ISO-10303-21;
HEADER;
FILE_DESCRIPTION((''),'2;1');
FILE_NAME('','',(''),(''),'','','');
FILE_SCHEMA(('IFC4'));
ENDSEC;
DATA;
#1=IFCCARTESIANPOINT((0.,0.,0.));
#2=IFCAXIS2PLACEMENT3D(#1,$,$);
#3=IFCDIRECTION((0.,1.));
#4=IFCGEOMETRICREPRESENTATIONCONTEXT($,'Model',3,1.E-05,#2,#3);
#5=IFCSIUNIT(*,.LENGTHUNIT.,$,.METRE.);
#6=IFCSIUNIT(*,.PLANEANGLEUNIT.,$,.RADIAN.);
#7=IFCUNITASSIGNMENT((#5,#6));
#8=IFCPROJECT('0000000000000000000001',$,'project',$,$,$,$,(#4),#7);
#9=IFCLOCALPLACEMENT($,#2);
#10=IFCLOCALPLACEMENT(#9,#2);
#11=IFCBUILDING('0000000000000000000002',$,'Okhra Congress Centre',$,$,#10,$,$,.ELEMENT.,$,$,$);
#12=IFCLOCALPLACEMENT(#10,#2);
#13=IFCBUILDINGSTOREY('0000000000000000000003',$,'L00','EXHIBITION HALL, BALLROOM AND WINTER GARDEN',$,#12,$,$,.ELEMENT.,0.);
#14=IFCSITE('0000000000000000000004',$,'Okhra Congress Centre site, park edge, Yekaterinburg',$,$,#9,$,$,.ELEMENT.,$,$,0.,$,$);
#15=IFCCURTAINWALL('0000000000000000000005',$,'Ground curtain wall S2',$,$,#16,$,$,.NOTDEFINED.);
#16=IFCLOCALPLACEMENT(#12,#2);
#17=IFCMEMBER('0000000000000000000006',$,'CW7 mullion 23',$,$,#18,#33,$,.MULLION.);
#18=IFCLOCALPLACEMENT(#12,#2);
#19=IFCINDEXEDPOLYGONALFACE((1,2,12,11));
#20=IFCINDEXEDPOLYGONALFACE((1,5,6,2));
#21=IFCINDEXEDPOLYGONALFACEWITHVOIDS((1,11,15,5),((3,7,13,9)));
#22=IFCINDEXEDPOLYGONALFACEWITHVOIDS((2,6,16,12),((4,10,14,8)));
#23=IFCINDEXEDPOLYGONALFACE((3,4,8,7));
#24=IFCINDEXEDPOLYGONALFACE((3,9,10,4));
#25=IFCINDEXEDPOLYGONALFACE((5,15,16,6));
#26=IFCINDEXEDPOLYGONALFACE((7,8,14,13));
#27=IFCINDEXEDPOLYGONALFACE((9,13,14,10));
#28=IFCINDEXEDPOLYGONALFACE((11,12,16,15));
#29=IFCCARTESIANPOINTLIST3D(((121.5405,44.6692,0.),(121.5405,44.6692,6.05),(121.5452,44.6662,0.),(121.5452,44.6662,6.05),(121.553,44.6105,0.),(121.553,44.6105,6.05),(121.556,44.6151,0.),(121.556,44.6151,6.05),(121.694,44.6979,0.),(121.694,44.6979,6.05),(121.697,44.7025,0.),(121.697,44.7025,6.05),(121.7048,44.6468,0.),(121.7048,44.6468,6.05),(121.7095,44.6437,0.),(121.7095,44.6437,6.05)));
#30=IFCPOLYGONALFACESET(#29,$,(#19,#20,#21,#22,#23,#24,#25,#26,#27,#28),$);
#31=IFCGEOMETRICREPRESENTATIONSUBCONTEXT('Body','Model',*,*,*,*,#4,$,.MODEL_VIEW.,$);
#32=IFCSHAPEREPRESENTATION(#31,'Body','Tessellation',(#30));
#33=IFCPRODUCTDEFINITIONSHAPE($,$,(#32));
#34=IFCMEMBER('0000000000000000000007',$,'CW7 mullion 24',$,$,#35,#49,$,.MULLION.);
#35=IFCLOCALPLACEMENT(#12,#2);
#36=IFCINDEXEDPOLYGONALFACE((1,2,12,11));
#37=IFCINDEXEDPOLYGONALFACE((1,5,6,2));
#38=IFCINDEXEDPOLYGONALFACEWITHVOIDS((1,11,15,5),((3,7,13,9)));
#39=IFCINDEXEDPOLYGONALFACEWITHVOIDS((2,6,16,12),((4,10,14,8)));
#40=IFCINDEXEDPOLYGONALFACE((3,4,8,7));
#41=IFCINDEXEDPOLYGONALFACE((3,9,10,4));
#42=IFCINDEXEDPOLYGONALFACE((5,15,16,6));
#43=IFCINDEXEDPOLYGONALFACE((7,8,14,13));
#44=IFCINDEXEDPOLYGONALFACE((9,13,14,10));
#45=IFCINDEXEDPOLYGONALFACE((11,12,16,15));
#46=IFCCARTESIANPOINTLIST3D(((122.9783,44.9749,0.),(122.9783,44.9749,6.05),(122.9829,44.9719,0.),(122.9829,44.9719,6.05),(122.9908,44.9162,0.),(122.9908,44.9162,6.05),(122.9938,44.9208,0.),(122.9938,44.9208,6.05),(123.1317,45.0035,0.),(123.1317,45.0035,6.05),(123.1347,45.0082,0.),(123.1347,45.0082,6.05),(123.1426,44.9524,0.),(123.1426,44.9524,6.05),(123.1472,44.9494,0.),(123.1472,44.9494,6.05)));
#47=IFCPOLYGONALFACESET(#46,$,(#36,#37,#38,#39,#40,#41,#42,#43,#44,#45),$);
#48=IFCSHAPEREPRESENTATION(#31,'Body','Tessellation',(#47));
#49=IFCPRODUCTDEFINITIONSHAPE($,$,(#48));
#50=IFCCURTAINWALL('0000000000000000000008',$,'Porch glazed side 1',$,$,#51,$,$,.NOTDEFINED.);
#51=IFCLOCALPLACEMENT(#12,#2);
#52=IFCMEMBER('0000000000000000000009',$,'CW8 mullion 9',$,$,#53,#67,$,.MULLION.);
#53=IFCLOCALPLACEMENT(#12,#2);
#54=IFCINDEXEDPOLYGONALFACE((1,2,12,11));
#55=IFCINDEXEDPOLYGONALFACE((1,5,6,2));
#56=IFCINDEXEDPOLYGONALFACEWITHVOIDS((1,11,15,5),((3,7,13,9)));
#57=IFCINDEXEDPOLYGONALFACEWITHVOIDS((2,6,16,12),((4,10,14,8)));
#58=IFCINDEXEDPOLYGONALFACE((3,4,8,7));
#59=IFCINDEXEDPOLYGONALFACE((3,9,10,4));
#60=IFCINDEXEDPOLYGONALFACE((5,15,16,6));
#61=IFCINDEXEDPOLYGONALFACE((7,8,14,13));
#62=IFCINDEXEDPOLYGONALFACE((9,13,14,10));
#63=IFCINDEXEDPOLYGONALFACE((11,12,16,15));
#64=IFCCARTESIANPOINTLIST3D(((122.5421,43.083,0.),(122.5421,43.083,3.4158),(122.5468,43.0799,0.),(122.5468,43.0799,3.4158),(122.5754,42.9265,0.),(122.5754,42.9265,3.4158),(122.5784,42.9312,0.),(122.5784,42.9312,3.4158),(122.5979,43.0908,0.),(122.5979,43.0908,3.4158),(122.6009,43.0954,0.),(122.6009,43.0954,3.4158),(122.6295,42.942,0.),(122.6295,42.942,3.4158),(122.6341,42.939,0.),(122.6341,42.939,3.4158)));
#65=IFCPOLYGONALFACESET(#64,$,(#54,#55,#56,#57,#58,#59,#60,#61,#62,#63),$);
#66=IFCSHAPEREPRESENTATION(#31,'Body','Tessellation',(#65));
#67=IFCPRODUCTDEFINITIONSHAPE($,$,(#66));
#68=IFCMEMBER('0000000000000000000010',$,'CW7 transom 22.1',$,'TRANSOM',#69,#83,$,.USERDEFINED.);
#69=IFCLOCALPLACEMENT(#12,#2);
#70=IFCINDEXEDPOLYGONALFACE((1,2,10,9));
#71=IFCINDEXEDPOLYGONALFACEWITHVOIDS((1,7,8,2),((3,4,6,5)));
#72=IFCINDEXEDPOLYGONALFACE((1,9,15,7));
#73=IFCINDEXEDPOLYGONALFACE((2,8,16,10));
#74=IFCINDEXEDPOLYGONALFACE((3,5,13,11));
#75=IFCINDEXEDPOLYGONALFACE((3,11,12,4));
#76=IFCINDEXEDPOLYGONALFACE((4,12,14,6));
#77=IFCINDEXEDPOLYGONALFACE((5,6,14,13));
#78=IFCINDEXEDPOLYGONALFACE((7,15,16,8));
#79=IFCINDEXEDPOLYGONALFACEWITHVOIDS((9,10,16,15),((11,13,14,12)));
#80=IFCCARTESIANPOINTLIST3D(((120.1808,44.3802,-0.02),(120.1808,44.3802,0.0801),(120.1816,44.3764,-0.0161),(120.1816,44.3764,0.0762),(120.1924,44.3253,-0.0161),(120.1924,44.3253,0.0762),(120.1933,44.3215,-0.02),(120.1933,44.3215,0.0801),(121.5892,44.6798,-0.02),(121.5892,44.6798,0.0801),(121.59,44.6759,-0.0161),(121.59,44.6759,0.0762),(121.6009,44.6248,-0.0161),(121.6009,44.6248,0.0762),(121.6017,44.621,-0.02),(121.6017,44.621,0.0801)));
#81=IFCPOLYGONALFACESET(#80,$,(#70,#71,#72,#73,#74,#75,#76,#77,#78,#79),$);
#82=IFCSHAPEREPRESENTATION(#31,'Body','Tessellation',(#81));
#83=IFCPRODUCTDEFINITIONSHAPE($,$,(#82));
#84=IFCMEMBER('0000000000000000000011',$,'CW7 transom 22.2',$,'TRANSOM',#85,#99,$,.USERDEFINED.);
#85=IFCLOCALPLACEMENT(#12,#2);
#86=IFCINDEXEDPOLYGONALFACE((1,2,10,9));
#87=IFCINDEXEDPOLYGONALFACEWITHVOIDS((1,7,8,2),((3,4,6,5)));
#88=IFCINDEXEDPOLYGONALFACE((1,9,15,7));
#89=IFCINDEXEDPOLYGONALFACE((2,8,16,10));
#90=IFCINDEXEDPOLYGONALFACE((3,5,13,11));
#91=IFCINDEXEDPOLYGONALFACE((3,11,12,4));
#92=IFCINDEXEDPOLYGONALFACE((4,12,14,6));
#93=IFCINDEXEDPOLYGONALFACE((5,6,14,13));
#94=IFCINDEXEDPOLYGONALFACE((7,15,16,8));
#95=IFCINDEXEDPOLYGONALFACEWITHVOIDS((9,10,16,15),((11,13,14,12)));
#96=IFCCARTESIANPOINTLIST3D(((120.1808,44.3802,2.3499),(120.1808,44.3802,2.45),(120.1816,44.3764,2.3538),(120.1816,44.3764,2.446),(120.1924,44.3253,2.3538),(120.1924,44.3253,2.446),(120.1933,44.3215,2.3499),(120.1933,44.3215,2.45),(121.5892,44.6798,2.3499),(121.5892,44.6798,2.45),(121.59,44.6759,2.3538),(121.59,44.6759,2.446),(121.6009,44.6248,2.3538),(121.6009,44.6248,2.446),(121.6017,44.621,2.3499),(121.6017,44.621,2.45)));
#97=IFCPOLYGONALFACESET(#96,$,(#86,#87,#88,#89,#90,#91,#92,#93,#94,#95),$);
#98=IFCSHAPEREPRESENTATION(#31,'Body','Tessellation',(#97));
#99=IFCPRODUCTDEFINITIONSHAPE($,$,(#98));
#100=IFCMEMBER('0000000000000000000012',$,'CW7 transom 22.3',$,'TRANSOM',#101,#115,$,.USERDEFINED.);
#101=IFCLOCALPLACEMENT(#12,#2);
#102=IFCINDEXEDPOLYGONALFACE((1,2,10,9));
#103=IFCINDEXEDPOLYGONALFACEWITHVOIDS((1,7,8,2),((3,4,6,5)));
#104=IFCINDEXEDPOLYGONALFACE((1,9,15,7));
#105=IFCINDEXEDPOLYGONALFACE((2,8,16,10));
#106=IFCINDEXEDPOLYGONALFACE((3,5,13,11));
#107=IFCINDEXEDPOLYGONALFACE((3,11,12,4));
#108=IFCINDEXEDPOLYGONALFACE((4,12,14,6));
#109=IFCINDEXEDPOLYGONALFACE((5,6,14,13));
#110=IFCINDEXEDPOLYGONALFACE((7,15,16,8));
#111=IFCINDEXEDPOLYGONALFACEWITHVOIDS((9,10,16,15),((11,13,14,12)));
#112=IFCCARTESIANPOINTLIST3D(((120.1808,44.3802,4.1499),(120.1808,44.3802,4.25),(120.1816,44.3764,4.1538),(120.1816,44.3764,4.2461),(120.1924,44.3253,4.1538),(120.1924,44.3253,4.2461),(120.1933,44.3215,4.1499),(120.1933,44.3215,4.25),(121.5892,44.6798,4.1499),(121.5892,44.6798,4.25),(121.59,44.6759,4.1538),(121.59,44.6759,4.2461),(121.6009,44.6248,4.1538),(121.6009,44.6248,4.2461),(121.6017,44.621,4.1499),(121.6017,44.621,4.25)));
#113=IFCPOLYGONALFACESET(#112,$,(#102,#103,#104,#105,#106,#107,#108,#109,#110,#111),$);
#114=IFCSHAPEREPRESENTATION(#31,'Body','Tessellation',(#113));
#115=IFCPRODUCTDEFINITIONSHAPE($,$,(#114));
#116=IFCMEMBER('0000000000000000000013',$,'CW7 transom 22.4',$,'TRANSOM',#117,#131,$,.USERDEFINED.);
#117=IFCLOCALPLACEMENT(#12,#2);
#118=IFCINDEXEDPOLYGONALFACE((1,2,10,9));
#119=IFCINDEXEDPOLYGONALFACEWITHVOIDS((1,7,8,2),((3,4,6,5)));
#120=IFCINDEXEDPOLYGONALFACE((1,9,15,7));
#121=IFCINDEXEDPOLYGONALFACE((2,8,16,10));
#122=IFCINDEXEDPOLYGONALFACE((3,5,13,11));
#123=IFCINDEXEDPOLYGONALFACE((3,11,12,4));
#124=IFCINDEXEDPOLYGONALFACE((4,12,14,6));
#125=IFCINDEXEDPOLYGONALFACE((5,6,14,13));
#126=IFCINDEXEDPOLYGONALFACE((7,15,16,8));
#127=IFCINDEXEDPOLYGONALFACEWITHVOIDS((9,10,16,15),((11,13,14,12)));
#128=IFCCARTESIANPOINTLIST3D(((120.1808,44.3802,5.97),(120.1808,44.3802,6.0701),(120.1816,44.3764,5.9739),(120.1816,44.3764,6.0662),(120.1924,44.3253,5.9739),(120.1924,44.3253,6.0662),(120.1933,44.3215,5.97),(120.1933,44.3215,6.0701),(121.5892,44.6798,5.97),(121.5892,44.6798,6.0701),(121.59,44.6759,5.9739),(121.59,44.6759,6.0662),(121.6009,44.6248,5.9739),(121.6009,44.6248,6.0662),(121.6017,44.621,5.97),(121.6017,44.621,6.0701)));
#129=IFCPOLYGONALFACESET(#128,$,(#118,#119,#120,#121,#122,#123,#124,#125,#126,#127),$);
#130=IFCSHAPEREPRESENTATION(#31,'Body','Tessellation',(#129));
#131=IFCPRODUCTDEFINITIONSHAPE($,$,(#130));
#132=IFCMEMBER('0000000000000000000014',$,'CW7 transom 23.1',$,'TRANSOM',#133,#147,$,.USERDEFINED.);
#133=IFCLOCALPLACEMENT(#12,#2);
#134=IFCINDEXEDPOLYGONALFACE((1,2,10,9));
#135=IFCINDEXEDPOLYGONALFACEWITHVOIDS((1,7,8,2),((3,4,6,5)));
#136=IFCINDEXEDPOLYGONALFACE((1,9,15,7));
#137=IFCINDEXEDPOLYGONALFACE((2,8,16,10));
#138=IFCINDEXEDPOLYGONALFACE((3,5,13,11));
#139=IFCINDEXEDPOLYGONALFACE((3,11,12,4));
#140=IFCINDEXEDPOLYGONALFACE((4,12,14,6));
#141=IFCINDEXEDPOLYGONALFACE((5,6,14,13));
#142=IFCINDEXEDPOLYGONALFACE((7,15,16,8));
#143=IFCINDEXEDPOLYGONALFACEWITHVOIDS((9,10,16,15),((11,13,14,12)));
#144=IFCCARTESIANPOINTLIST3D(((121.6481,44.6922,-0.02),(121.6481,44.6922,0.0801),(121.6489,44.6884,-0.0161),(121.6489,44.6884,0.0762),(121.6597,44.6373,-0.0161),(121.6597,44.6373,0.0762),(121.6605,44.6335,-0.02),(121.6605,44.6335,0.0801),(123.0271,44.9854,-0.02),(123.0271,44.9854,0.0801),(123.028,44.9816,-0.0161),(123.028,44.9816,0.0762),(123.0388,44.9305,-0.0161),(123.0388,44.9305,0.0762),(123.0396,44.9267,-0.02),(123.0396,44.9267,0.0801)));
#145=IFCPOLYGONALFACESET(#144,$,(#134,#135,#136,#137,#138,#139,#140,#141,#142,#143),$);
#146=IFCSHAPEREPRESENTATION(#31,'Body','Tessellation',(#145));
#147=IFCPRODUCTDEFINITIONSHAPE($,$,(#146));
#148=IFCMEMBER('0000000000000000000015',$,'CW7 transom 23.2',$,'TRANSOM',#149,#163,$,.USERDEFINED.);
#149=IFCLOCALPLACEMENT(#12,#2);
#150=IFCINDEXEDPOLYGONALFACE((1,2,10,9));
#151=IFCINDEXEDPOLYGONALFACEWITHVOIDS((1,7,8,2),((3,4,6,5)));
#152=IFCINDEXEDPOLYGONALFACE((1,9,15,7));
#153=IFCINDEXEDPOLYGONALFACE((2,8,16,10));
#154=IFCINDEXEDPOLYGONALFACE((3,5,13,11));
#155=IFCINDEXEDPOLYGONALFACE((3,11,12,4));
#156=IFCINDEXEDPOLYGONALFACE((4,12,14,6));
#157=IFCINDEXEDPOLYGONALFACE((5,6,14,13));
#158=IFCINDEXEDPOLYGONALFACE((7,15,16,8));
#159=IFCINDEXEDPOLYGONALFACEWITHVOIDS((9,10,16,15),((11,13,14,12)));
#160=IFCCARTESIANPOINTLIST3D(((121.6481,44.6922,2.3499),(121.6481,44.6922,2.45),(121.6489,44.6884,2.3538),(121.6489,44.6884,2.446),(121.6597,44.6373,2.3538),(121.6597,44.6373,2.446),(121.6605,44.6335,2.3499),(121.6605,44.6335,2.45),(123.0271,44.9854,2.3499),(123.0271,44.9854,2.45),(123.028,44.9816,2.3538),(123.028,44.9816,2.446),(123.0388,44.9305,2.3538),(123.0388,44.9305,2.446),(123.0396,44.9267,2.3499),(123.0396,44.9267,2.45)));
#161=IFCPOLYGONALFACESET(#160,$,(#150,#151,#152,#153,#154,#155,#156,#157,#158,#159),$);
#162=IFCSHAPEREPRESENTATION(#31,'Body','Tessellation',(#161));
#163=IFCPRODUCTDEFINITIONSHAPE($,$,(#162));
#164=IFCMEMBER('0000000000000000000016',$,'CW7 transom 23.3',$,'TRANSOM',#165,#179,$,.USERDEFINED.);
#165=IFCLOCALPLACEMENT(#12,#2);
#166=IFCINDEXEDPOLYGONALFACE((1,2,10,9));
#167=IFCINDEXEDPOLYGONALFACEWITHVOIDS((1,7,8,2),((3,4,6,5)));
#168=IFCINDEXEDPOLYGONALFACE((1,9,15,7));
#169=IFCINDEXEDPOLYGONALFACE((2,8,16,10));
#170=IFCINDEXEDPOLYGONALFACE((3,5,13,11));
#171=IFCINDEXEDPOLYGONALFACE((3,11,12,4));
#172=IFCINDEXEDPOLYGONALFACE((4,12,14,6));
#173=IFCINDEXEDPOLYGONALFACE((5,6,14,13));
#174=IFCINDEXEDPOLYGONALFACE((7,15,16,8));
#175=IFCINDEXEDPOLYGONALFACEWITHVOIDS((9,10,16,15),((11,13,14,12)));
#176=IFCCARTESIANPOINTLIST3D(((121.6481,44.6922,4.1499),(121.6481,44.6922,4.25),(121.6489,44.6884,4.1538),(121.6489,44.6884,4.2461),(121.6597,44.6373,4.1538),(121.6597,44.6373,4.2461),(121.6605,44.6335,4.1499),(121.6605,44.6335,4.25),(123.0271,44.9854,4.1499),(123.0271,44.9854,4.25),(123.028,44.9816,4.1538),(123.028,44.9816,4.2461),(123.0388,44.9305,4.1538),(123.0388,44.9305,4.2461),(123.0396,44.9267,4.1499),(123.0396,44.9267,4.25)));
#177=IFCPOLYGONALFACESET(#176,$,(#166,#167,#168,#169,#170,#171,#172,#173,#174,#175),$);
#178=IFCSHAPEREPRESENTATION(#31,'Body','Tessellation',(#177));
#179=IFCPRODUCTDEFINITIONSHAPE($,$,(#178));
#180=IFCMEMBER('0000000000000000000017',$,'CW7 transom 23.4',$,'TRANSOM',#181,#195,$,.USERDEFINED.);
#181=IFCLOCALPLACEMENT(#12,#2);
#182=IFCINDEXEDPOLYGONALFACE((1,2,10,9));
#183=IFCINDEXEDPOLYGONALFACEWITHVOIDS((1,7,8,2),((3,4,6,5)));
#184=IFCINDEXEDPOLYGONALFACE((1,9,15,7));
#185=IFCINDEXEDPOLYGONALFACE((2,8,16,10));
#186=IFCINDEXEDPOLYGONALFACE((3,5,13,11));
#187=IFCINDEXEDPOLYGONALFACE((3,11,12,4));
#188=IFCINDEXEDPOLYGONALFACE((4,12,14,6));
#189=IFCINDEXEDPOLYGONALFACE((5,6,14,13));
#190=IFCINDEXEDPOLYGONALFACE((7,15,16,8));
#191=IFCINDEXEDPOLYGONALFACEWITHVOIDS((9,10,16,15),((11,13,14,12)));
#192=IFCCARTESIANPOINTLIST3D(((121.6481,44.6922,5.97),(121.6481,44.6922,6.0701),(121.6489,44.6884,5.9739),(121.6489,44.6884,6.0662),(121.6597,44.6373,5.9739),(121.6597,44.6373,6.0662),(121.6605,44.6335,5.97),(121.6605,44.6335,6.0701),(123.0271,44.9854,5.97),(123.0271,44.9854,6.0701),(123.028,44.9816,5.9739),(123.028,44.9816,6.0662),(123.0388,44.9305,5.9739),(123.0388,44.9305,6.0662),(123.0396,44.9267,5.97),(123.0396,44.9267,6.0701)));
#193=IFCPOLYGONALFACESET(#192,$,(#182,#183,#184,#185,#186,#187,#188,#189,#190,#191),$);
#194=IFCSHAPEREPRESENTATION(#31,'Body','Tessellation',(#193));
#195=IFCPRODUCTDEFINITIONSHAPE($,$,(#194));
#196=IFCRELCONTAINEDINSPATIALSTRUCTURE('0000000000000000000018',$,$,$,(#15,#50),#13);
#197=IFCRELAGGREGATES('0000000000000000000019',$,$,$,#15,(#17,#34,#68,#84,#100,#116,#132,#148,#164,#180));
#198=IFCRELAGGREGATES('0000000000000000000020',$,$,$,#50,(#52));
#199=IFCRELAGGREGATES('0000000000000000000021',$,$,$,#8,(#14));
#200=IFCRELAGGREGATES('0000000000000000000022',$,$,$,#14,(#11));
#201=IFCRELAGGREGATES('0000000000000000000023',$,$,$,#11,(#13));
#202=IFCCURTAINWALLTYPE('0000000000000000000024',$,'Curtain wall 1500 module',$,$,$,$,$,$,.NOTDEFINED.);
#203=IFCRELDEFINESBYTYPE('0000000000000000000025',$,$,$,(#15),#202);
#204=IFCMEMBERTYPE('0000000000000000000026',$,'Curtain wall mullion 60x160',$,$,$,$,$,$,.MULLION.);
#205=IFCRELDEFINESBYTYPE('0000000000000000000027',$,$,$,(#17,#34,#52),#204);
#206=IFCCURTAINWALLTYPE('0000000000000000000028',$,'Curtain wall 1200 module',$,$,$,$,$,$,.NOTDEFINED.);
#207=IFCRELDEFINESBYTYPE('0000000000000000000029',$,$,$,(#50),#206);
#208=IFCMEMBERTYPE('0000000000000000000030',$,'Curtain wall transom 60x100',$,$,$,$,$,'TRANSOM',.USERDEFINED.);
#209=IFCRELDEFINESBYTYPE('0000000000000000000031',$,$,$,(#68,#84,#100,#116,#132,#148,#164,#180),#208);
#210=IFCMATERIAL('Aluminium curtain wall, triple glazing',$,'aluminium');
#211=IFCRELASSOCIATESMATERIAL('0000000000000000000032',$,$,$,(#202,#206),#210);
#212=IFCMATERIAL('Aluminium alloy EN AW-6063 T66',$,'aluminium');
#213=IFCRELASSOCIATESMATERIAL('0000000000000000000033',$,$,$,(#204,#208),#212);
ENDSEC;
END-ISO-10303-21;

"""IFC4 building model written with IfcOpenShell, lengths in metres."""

from ifc_helpers import new_model, si_unit, direction, frame, origin, origin_2d, place, context, subcontext, project, spatial, hollow_rectangle, extrude, material, material_profile, profile_set, type_object, element, aggregate, save


model = new_model("IFC4")

# Units and contexts
model_context = context("Model", 3, precision=1e-05, world=origin(), true_north=direction((0.0, 1.0)))
body_context = subcontext(model_context, "Body", "Model", "MODEL_VIEW")
ifc_project = project(units=[si_unit("LENGTHUNIT", "METRE"), si_unit("PLANEANGLEUNIT", "RADIAN")], contexts=[model_context])

# Site, building, storey
site_placement = place(None, origin())
site = spatial("IfcSite", under=ifc_project, at=site_placement, Name="Okhra Congress Centre site, park edge, Yekaterinburg", CompositionType="ELEMENT", RefElevation=0.0)
building_placement = place(site_placement, origin())
building = spatial("IfcBuilding", under=site, at=building_placement, Name="Okhra Congress Centre", CompositionType="ELEMENT")
storey_placement = place(building_placement, origin())
storey = spatial("IfcBuildingStorey", under=building, at=storey_placement, Name="L00", Description="EXHIBITION HALL, BALLROOM AND WINTER GARDEN", CompositionType="ELEMENT", Elevation=0.0)

# Curtain wall, members
ifc_material_1 = material(Name="Aluminium curtain wall, triple glazing", Category="aluminium")
curtain_wall_type_1 = type_object("IfcCurtainWallType", Name="Curtain wall 1500 module", PredefinedType="NOTDEFINED", material=ifc_material_1)
curtain_wall_1_placement = place(storey_placement, origin())
curtain_wall_1 = element("IfcCurtainWall", 1, at=curtain_wall_1_placement, inside=storey, type_object=curtain_wall_type_1, Name="Ground curtain wall S2", PredefinedType="NOTDEFINED")
ifc_material_2 = material(Name="Aluminium alloy EN AW-6063 T66", Category="aluminium")
ifc_material_profile_1 = material_profile(ifc_material_2, hollow_rectangle(XDim=0.0601, YDim=0.1599, WallThickness=0.0039, at=origin_2d()), Name="RHS 60x160x4")
ifc_profile_set_1 = profile_set([ifc_material_profile_1], Name="Aluminium alloy EN AW-6063 T66")
member_type_1 = type_object("IfcMemberType", Name="Curtain wall mullion 60x160", PredefinedType="MULLION", material=ifc_profile_set_1)
member_1_placement = place(storey_placement, frame((121.625, 44.6565, 0.0), z_axis=(0.0, 0.0, 1.0), x_axis=(-0.207912, 0.978148, 0.0)))
member_1 = element("IfcMember", 2, at=member_1_placement, type_object=member_type_1, Name="CW7 mullion 23", PredefinedType="MULLION", context=body_context, shape_type="SweptSolid", body=[
    extrude(hollow_rectangle(XDim=0.0601, YDim=0.1599, WallThickness=0.0039, at=origin_2d()), origin(), (0.0, 0.0, 1.0), 6.05),
])
member_2_placement = place(storey_placement, frame((123.0627, 44.9622, 0.0), z_axis=(0.0, 0.0, 1.0), x_axis=(-0.207912, 0.978148, 0.0)))
member_2 = element("IfcMember", 3, at=member_2_placement, type_object=member_type_1, Name="CW7 mullion 24", PredefinedType="MULLION", context=body_context, shape_type="SweptSolid", body=[
    extrude(hollow_rectangle(XDim=0.0601, YDim=0.1599, WallThickness=0.0039, at=origin_2d()), origin(), (0.0, 0.0, 1.0), 6.05),
])

# Curtain wall, member
curtain_wall_type_2 = type_object("IfcCurtainWallType", Name="Curtain wall 1200 module", PredefinedType="NOTDEFINED", material=ifc_material_1)
curtain_wall_2_placement = place(storey_placement, origin())
curtain_wall_2 = element("IfcCurtainWall", 4, at=curtain_wall_2_placement, inside=storey, type_object=curtain_wall_type_2, Name="Porch glazed side 1", PredefinedType="NOTDEFINED")
member_3_placement = place(storey_placement, frame((122.5881, 43.011, 0.0), z_axis=(0.0, 0.0, 1.0), x_axis=(-0.978148, -0.207912, 0.0)))
member_3 = element("IfcMember", 5, at=member_3_placement, type_object=member_type_1, Name="CW8 mullion 9", PredefinedType="MULLION", context=body_context, shape_type="SweptSolid", body=[
    extrude(hollow_rectangle(XDim=0.0601, YDim=0.1599, WallThickness=0.0039, at=origin_2d()), origin(), (0.0, 0.0, 1.0), 3.4158),
])

# Members
ifc_material_profile_2 = material_profile(ifc_material_2, hollow_rectangle(XDim=0.0601, YDim=0.1001, WallThickness=0.0039, at=origin_2d()), Name="RHS 60x100x4")
ifc_profile_set_2 = profile_set([ifc_material_profile_2], Name="Aluminium alloy EN AW-6063 T66")
member_type_2 = type_object("IfcMemberType", Name="Curtain wall transom 60x100", ElementType="TRANSOM", PredefinedType="USERDEFINED", material=ifc_profile_set_2)
member_4_placement = place(storey_placement, frame((120.187, 44.3508, 0.03), z_axis=(0.978121, 0.208035, 0.0), x_axis=(-0.208035, 0.978121, 0.0)))
member_4 = element("IfcMember", 6, at=member_4_placement, type_object=member_type_2, Name="CW7 transom 22.1", ObjectType="TRANSOM", PredefinedType="USERDEFINED", context=body_context, shape_type="SweptSolid", body=[
    extrude(hollow_rectangle(XDim=0.0601, YDim=0.1001, WallThickness=0.0039, at=origin_2d()), origin(), (0.0, 0.0, 1.0), 1.4399),
])
member_5_placement = place(storey_placement, frame((120.187, 44.3508, 2.3999), z_axis=(0.978121, 0.208035, 0.0), x_axis=(-0.208035, 0.978121, 0.0)))
member_5 = element("IfcMember", 7, at=member_5_placement, type_object=member_type_2, Name="CW7 transom 22.2", ObjectType="TRANSOM", PredefinedType="USERDEFINED", context=body_context, shape_type="SweptSolid", body=[
    extrude(hollow_rectangle(XDim=0.0601, YDim=0.1001, WallThickness=0.0039, at=origin_2d()), origin(), (0.0, 0.0, 1.0), 1.4399),
])
member_6_placement = place(storey_placement, frame((120.187, 44.3508, 4.2), z_axis=(0.978121, 0.208035, 0.0), x_axis=(-0.208035, 0.978121, 0.0)))
member_6 = element("IfcMember", 8, at=member_6_placement, type_object=member_type_2, Name="CW7 transom 22.3", ObjectType="TRANSOM", PredefinedType="USERDEFINED", context=body_context, shape_type="SweptSolid", body=[
    extrude(hollow_rectangle(XDim=0.0601, YDim=0.1001, WallThickness=0.0039, at=origin_2d()), origin(), (0.0, 0.0, 1.0), 1.4399),
])
member_7_placement = place(storey_placement, frame((120.187, 44.3508, 6.02), z_axis=(0.978121, 0.208035, 0.0), x_axis=(-0.208035, 0.978121, 0.0)))
member_7 = element("IfcMember", 9, at=member_7_placement, type_object=member_type_2, Name="CW7 transom 22.4", ObjectType="TRANSOM", PredefinedType="USERDEFINED", context=body_context, shape_type="SweptSolid", body=[
    extrude(hollow_rectangle(XDim=0.0601, YDim=0.1001, WallThickness=0.0039, at=origin_2d()), origin(), (0.0, 0.0, 1.0), 1.4399),
])
member_8_placement = place(storey_placement, frame((121.6543, 44.6628, 0.03), z_axis=(0.978138, 0.207956, 0.0), x_axis=(-0.207956, 0.978138, 0.0)))
member_8 = element("IfcMember", 10, at=member_8_placement, type_object=member_type_2, Name="CW7 transom 23.1", ObjectType="TRANSOM", PredefinedType="USERDEFINED", context=body_context, shape_type="SweptSolid", body=[
    extrude(hollow_rectangle(XDim=0.0601, YDim=0.1001, WallThickness=0.0039, at=origin_2d()), origin(), (0.0, 0.0, 1.0), 1.4099),
])
member_9_placement = place(storey_placement, frame((121.6543, 44.6628, 2.3999), z_axis=(0.978138, 0.207956, 0.0), x_axis=(-0.207956, 0.978138, 0.0)))
member_9 = element("IfcMember", 11, at=member_9_placement, type_object=member_type_2, Name="CW7 transom 23.2", ObjectType="TRANSOM", PredefinedType="USERDEFINED", context=body_context, shape_type="SweptSolid", body=[
    extrude(hollow_rectangle(XDim=0.0601, YDim=0.1001, WallThickness=0.0039, at=origin_2d()), origin(), (0.0, 0.0, 1.0), 1.4099),
])
member_10_placement = place(storey_placement, frame((121.6543, 44.6628, 4.2), z_axis=(0.978138, 0.207956, 0.0), x_axis=(-0.207956, 0.978138, 0.0)))
member_10 = element("IfcMember", 12, at=member_10_placement, type_object=member_type_2, Name="CW7 transom 23.3", ObjectType="TRANSOM", PredefinedType="USERDEFINED", context=body_context, shape_type="SweptSolid", body=[
    extrude(hollow_rectangle(XDim=0.0601, YDim=0.1001, WallThickness=0.0039, at=origin_2d()), origin(), (0.0, 0.0, 1.0), 1.4099),
])
member_11_placement = place(storey_placement, frame((121.6543, 44.6628, 6.02), z_axis=(0.978138, 0.207956, 0.0), x_axis=(-0.207956, 0.978138, 0.0)))
member_11 = element("IfcMember", 13, at=member_11_placement, type_object=member_type_2, Name="CW7 transom 23.4", ObjectType="TRANSOM", PredefinedType="USERDEFINED", context=body_context, shape_type="SweptSolid", body=[
    extrude(hollow_rectangle(XDim=0.0601, YDim=0.1001, WallThickness=0.0039, at=origin_2d()), origin(), (0.0, 0.0, 1.0), 1.4099),
])

aggregate(curtain_wall_1, [member_1, member_2, member_4, member_5, member_6, member_7, member_8, member_9, member_10, member_11])
aggregate(curtain_wall_2, [member_3])

save(model, "model.ifc")
